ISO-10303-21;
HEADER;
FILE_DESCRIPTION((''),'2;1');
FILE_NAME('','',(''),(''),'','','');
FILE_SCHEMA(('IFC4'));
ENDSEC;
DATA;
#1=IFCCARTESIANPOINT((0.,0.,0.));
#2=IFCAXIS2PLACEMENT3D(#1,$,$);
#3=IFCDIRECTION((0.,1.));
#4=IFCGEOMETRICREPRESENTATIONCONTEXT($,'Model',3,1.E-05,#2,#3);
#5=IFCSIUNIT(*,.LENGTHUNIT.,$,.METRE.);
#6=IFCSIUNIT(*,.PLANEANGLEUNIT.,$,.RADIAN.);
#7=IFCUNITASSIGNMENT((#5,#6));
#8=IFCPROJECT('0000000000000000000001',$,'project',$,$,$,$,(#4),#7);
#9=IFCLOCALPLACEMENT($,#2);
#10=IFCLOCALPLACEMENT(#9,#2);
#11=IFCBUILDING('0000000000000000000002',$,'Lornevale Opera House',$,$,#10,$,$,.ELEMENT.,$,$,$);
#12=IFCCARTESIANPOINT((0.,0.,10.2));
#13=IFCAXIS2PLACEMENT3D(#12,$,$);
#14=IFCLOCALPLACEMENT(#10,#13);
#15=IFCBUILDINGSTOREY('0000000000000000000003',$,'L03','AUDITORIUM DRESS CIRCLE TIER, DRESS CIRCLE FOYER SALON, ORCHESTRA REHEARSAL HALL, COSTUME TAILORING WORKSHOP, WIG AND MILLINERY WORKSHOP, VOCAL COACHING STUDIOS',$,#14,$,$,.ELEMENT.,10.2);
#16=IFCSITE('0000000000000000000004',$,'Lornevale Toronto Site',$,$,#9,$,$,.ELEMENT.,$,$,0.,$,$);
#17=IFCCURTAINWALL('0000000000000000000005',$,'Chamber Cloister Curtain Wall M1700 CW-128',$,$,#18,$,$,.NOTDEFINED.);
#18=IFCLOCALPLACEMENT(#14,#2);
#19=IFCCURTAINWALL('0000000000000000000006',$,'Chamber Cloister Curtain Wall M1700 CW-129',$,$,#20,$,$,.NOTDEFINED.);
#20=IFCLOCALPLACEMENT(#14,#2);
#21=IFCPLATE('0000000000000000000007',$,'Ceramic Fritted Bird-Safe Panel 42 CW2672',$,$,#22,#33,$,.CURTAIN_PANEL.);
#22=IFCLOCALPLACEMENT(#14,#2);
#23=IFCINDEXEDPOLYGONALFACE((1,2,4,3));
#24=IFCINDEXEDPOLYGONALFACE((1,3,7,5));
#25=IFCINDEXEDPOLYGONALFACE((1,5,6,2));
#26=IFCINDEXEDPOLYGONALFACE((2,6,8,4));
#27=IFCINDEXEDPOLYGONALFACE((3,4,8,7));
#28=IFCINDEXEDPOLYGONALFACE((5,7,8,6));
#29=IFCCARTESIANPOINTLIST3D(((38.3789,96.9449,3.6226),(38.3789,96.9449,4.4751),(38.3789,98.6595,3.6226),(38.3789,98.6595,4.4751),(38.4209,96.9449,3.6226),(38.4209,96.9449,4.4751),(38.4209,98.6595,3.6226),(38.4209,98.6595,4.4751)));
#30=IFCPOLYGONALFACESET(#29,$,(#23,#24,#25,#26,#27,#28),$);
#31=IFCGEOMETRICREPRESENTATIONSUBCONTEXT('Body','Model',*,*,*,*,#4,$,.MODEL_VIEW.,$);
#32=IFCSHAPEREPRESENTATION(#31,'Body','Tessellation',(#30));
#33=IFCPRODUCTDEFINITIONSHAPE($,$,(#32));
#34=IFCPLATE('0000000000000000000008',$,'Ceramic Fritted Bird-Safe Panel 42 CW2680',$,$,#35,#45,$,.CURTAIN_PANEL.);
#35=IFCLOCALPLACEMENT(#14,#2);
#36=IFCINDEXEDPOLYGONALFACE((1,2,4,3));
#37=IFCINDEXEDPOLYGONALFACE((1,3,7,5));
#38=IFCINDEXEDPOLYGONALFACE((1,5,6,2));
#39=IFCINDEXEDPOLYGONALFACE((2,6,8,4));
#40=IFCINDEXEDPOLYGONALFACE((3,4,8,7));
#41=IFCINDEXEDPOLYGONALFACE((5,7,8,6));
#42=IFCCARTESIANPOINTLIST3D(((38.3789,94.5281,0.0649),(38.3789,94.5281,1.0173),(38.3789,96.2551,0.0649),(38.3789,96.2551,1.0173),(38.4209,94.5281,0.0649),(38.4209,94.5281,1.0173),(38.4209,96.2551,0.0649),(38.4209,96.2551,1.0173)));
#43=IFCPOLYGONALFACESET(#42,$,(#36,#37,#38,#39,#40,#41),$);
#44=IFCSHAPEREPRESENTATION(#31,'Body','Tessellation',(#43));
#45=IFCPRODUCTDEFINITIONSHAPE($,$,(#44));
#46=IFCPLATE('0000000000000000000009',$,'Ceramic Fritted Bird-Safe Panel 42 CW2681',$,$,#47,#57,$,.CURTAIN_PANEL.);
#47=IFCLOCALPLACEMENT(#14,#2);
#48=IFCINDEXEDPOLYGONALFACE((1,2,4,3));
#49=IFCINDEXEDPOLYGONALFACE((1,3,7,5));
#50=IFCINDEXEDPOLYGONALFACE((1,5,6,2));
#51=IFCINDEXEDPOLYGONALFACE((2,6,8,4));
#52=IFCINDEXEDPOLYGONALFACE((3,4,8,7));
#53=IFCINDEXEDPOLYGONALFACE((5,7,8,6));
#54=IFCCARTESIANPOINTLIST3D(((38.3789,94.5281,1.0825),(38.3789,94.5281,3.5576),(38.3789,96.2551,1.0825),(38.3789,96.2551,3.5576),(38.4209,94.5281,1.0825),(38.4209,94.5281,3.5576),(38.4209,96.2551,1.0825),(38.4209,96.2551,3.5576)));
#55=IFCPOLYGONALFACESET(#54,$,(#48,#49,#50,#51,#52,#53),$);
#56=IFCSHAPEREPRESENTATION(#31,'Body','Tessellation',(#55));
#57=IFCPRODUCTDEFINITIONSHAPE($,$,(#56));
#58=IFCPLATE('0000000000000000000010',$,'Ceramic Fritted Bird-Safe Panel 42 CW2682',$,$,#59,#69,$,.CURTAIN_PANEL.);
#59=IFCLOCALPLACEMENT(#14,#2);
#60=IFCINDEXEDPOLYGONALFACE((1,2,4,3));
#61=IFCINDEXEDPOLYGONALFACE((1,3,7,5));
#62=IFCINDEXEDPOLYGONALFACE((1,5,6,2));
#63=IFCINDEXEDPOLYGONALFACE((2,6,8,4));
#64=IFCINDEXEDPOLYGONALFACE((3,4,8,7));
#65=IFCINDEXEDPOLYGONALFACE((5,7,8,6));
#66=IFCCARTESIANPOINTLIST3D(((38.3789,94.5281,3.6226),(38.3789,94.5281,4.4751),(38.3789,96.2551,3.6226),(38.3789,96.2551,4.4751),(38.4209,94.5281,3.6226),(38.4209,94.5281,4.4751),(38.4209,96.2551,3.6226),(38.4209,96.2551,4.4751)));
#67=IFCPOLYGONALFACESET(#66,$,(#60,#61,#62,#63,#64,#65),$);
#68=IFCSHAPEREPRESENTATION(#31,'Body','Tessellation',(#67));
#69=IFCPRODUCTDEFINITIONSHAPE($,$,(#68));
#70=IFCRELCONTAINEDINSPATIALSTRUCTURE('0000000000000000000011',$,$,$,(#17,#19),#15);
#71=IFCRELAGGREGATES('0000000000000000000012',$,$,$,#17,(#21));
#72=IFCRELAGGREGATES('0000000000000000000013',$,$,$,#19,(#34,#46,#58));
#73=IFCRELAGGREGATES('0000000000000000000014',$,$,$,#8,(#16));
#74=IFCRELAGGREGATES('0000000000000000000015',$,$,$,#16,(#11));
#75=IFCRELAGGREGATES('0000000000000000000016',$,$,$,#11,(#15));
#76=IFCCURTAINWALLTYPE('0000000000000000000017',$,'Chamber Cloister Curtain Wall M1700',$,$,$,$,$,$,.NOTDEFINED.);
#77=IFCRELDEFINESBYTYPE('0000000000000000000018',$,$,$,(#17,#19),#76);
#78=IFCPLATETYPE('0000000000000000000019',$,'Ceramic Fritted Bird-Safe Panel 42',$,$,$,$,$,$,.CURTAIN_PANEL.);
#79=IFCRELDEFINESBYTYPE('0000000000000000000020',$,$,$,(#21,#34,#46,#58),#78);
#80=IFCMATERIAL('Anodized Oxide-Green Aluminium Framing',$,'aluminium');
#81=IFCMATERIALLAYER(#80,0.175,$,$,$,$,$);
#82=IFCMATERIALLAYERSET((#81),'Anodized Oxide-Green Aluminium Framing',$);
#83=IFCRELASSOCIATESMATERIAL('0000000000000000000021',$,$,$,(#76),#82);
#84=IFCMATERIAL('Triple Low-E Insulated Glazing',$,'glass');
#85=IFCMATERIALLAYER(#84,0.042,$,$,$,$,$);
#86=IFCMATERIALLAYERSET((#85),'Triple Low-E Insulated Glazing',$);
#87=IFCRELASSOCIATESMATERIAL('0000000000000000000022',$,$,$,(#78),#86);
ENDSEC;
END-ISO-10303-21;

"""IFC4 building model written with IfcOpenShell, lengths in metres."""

from ifc_helpers import new_model, si_unit, direction, frame, origin, origin_2d, place, context, subcontext, project, spatial, rectangle, extrude, material, layer, layer_set, type_object, element, aggregate, save


model = new_model("IFC4")

# Units and contexts
model_context = context("Model", 3, precision=1e-05, world=origin(), true_north=direction((0.0, 1.0)))
body_context = subcontext(model_context, "Body", "Model", "MODEL_VIEW")
ifc_project = project(units=[si_unit("LENGTHUNIT", "METRE"), si_unit("PLANEANGLEUNIT", "RADIAN")], contexts=[model_context])

# Site, building, storey
site_placement = place(None, origin())
site = spatial("IfcSite", under=ifc_project, at=site_placement, Name="Lornevale Toronto Site", CompositionType="ELEMENT", RefElevation=0.0)
building_placement = place(site_placement, origin())
building = spatial("IfcBuilding", under=site, at=building_placement, Name="Lornevale Opera House", CompositionType="ELEMENT")
storey_placement = place(building_placement, frame((0.0, 0.0, 10.2)))
storey = spatial("IfcBuildingStorey", under=building, at=storey_placement, Name="L03", Description="AUDITORIUM DRESS CIRCLE TIER, DRESS CIRCLE FOYER SALON, ORCHESTRA REHEARSAL HALL, COSTUME TAILORING WORKSHOP, WIG AND MILLINERY WORKSHOP, VOCAL COACHING STUDIOS", CompositionType="ELEMENT", Elevation=10.2)

# Curtain walls
ifc_material_1 = material(Name="Anodized Oxide-Green Aluminium Framing", Category="aluminium")
ifc_layer_1 = layer(ifc_material_1, 0.175)
ifc_layer_set_1 = layer_set([ifc_layer_1], Name="Anodized Oxide-Green Aluminium Framing")
curtain_wall_type = type_object("IfcCurtainWallType", Name="Chamber Cloister Curtain Wall M1700", PredefinedType="NOTDEFINED", material=ifc_layer_set_1)
curtain_wall_1_placement = place(storey_placement, origin())
curtain_wall_1 = element("IfcCurtainWall", 1, at=curtain_wall_1_placement, inside=storey, type_object=curtain_wall_type, Name="Chamber Cloister Curtain Wall M1700 CW-128", PredefinedType="NOTDEFINED")
curtain_wall_2_placement = place(storey_placement, origin())
curtain_wall_2 = element("IfcCurtainWall", 2, at=curtain_wall_2_placement, inside=storey, type_object=curtain_wall_type, Name="Chamber Cloister Curtain Wall M1700 CW-129", PredefinedType="NOTDEFINED")

# Plates
ifc_material_2 = material(Name="Triple Low-E Insulated Glazing", Category="glass")
ifc_layer_2 = layer(ifc_material_2, 0.042)
ifc_layer_set_2 = layer_set([ifc_layer_2], Name="Triple Low-E Insulated Glazing")
plate_type = type_object("IfcPlateType", Name="Ceramic Fritted Bird-Safe Panel 42", PredefinedType="CURTAIN_PANEL", material=ifc_layer_set_2)
plate_1_placement = place(storey_placement, frame((38.3999, 97.8022, 3.6226), z_axis=(0.0, 0.0, 1.0), x_axis=(0.0, -1.0, 0.0)))
plate_1 = element("IfcPlate", 3, at=plate_1_placement, type_object=plate_type, Name="Ceramic Fritted Bird-Safe Panel 42 CW2672", PredefinedType="CURTAIN_PANEL", context=body_context, shape_type="SweptSolid", body=[
    extrude(rectangle(XDim=1.7146, YDim=0.042, at=origin_2d()), origin(), (0.0, 0.0, 1.0), 0.8525),
])
aggregate(curtain_wall_1, [plate_1])
plate_2_placement = place(storey_placement, frame((38.3999, 95.3916, 0.0649), z_axis=(0.0, 0.0, 1.0), x_axis=(0.0, -1.0, 0.0)))
plate_2 = element("IfcPlate", 4, at=plate_2_placement, type_object=plate_type, Name="Ceramic Fritted Bird-Safe Panel 42 CW2680", PredefinedType="CURTAIN_PANEL", context=body_context, shape_type="SweptSolid", body=[
    extrude(rectangle(XDim=1.7271, YDim=0.042, at=origin_2d()), origin(), (0.0, 0.0, 1.0), 0.9524),
])
plate_3_placement = place(storey_placement, frame((38.3999, 95.3916, 1.0825), z_axis=(0.0, 0.0, 1.0), x_axis=(0.0, -1.0, 0.0)))
plate_3 = element("IfcPlate", 5, at=plate_3_placement, type_object=plate_type, Name="Ceramic Fritted Bird-Safe Panel 42 CW2681", PredefinedType="CURTAIN_PANEL", context=body_context, shape_type="SweptSolid", body=[
    extrude(rectangle(XDim=1.7271, YDim=0.042, at=origin_2d()), origin(), (0.0, 0.0, 1.0), 2.4751),
])
plate_4_placement = place(storey_placement, frame((38.3999, 95.3916, 3.6226), z_axis=(0.0, 0.0, 1.0), x_axis=(0.0, -1.0, 0.0)))
plate_4 = element("IfcPlate", 6, at=plate_4_placement, type_object=plate_type, Name="Ceramic Fritted Bird-Safe Panel 42 CW2682", PredefinedType="CURTAIN_PANEL", context=body_context, shape_type="SweptSolid", body=[
    extrude(rectangle(XDim=1.7271, YDim=0.042, at=origin_2d()), origin(), (0.0, 0.0, 1.0), 0.8525),
])
aggregate(curtain_wall_2, [plate_2, plate_3, plate_4])

save(model, "model.ifc")
